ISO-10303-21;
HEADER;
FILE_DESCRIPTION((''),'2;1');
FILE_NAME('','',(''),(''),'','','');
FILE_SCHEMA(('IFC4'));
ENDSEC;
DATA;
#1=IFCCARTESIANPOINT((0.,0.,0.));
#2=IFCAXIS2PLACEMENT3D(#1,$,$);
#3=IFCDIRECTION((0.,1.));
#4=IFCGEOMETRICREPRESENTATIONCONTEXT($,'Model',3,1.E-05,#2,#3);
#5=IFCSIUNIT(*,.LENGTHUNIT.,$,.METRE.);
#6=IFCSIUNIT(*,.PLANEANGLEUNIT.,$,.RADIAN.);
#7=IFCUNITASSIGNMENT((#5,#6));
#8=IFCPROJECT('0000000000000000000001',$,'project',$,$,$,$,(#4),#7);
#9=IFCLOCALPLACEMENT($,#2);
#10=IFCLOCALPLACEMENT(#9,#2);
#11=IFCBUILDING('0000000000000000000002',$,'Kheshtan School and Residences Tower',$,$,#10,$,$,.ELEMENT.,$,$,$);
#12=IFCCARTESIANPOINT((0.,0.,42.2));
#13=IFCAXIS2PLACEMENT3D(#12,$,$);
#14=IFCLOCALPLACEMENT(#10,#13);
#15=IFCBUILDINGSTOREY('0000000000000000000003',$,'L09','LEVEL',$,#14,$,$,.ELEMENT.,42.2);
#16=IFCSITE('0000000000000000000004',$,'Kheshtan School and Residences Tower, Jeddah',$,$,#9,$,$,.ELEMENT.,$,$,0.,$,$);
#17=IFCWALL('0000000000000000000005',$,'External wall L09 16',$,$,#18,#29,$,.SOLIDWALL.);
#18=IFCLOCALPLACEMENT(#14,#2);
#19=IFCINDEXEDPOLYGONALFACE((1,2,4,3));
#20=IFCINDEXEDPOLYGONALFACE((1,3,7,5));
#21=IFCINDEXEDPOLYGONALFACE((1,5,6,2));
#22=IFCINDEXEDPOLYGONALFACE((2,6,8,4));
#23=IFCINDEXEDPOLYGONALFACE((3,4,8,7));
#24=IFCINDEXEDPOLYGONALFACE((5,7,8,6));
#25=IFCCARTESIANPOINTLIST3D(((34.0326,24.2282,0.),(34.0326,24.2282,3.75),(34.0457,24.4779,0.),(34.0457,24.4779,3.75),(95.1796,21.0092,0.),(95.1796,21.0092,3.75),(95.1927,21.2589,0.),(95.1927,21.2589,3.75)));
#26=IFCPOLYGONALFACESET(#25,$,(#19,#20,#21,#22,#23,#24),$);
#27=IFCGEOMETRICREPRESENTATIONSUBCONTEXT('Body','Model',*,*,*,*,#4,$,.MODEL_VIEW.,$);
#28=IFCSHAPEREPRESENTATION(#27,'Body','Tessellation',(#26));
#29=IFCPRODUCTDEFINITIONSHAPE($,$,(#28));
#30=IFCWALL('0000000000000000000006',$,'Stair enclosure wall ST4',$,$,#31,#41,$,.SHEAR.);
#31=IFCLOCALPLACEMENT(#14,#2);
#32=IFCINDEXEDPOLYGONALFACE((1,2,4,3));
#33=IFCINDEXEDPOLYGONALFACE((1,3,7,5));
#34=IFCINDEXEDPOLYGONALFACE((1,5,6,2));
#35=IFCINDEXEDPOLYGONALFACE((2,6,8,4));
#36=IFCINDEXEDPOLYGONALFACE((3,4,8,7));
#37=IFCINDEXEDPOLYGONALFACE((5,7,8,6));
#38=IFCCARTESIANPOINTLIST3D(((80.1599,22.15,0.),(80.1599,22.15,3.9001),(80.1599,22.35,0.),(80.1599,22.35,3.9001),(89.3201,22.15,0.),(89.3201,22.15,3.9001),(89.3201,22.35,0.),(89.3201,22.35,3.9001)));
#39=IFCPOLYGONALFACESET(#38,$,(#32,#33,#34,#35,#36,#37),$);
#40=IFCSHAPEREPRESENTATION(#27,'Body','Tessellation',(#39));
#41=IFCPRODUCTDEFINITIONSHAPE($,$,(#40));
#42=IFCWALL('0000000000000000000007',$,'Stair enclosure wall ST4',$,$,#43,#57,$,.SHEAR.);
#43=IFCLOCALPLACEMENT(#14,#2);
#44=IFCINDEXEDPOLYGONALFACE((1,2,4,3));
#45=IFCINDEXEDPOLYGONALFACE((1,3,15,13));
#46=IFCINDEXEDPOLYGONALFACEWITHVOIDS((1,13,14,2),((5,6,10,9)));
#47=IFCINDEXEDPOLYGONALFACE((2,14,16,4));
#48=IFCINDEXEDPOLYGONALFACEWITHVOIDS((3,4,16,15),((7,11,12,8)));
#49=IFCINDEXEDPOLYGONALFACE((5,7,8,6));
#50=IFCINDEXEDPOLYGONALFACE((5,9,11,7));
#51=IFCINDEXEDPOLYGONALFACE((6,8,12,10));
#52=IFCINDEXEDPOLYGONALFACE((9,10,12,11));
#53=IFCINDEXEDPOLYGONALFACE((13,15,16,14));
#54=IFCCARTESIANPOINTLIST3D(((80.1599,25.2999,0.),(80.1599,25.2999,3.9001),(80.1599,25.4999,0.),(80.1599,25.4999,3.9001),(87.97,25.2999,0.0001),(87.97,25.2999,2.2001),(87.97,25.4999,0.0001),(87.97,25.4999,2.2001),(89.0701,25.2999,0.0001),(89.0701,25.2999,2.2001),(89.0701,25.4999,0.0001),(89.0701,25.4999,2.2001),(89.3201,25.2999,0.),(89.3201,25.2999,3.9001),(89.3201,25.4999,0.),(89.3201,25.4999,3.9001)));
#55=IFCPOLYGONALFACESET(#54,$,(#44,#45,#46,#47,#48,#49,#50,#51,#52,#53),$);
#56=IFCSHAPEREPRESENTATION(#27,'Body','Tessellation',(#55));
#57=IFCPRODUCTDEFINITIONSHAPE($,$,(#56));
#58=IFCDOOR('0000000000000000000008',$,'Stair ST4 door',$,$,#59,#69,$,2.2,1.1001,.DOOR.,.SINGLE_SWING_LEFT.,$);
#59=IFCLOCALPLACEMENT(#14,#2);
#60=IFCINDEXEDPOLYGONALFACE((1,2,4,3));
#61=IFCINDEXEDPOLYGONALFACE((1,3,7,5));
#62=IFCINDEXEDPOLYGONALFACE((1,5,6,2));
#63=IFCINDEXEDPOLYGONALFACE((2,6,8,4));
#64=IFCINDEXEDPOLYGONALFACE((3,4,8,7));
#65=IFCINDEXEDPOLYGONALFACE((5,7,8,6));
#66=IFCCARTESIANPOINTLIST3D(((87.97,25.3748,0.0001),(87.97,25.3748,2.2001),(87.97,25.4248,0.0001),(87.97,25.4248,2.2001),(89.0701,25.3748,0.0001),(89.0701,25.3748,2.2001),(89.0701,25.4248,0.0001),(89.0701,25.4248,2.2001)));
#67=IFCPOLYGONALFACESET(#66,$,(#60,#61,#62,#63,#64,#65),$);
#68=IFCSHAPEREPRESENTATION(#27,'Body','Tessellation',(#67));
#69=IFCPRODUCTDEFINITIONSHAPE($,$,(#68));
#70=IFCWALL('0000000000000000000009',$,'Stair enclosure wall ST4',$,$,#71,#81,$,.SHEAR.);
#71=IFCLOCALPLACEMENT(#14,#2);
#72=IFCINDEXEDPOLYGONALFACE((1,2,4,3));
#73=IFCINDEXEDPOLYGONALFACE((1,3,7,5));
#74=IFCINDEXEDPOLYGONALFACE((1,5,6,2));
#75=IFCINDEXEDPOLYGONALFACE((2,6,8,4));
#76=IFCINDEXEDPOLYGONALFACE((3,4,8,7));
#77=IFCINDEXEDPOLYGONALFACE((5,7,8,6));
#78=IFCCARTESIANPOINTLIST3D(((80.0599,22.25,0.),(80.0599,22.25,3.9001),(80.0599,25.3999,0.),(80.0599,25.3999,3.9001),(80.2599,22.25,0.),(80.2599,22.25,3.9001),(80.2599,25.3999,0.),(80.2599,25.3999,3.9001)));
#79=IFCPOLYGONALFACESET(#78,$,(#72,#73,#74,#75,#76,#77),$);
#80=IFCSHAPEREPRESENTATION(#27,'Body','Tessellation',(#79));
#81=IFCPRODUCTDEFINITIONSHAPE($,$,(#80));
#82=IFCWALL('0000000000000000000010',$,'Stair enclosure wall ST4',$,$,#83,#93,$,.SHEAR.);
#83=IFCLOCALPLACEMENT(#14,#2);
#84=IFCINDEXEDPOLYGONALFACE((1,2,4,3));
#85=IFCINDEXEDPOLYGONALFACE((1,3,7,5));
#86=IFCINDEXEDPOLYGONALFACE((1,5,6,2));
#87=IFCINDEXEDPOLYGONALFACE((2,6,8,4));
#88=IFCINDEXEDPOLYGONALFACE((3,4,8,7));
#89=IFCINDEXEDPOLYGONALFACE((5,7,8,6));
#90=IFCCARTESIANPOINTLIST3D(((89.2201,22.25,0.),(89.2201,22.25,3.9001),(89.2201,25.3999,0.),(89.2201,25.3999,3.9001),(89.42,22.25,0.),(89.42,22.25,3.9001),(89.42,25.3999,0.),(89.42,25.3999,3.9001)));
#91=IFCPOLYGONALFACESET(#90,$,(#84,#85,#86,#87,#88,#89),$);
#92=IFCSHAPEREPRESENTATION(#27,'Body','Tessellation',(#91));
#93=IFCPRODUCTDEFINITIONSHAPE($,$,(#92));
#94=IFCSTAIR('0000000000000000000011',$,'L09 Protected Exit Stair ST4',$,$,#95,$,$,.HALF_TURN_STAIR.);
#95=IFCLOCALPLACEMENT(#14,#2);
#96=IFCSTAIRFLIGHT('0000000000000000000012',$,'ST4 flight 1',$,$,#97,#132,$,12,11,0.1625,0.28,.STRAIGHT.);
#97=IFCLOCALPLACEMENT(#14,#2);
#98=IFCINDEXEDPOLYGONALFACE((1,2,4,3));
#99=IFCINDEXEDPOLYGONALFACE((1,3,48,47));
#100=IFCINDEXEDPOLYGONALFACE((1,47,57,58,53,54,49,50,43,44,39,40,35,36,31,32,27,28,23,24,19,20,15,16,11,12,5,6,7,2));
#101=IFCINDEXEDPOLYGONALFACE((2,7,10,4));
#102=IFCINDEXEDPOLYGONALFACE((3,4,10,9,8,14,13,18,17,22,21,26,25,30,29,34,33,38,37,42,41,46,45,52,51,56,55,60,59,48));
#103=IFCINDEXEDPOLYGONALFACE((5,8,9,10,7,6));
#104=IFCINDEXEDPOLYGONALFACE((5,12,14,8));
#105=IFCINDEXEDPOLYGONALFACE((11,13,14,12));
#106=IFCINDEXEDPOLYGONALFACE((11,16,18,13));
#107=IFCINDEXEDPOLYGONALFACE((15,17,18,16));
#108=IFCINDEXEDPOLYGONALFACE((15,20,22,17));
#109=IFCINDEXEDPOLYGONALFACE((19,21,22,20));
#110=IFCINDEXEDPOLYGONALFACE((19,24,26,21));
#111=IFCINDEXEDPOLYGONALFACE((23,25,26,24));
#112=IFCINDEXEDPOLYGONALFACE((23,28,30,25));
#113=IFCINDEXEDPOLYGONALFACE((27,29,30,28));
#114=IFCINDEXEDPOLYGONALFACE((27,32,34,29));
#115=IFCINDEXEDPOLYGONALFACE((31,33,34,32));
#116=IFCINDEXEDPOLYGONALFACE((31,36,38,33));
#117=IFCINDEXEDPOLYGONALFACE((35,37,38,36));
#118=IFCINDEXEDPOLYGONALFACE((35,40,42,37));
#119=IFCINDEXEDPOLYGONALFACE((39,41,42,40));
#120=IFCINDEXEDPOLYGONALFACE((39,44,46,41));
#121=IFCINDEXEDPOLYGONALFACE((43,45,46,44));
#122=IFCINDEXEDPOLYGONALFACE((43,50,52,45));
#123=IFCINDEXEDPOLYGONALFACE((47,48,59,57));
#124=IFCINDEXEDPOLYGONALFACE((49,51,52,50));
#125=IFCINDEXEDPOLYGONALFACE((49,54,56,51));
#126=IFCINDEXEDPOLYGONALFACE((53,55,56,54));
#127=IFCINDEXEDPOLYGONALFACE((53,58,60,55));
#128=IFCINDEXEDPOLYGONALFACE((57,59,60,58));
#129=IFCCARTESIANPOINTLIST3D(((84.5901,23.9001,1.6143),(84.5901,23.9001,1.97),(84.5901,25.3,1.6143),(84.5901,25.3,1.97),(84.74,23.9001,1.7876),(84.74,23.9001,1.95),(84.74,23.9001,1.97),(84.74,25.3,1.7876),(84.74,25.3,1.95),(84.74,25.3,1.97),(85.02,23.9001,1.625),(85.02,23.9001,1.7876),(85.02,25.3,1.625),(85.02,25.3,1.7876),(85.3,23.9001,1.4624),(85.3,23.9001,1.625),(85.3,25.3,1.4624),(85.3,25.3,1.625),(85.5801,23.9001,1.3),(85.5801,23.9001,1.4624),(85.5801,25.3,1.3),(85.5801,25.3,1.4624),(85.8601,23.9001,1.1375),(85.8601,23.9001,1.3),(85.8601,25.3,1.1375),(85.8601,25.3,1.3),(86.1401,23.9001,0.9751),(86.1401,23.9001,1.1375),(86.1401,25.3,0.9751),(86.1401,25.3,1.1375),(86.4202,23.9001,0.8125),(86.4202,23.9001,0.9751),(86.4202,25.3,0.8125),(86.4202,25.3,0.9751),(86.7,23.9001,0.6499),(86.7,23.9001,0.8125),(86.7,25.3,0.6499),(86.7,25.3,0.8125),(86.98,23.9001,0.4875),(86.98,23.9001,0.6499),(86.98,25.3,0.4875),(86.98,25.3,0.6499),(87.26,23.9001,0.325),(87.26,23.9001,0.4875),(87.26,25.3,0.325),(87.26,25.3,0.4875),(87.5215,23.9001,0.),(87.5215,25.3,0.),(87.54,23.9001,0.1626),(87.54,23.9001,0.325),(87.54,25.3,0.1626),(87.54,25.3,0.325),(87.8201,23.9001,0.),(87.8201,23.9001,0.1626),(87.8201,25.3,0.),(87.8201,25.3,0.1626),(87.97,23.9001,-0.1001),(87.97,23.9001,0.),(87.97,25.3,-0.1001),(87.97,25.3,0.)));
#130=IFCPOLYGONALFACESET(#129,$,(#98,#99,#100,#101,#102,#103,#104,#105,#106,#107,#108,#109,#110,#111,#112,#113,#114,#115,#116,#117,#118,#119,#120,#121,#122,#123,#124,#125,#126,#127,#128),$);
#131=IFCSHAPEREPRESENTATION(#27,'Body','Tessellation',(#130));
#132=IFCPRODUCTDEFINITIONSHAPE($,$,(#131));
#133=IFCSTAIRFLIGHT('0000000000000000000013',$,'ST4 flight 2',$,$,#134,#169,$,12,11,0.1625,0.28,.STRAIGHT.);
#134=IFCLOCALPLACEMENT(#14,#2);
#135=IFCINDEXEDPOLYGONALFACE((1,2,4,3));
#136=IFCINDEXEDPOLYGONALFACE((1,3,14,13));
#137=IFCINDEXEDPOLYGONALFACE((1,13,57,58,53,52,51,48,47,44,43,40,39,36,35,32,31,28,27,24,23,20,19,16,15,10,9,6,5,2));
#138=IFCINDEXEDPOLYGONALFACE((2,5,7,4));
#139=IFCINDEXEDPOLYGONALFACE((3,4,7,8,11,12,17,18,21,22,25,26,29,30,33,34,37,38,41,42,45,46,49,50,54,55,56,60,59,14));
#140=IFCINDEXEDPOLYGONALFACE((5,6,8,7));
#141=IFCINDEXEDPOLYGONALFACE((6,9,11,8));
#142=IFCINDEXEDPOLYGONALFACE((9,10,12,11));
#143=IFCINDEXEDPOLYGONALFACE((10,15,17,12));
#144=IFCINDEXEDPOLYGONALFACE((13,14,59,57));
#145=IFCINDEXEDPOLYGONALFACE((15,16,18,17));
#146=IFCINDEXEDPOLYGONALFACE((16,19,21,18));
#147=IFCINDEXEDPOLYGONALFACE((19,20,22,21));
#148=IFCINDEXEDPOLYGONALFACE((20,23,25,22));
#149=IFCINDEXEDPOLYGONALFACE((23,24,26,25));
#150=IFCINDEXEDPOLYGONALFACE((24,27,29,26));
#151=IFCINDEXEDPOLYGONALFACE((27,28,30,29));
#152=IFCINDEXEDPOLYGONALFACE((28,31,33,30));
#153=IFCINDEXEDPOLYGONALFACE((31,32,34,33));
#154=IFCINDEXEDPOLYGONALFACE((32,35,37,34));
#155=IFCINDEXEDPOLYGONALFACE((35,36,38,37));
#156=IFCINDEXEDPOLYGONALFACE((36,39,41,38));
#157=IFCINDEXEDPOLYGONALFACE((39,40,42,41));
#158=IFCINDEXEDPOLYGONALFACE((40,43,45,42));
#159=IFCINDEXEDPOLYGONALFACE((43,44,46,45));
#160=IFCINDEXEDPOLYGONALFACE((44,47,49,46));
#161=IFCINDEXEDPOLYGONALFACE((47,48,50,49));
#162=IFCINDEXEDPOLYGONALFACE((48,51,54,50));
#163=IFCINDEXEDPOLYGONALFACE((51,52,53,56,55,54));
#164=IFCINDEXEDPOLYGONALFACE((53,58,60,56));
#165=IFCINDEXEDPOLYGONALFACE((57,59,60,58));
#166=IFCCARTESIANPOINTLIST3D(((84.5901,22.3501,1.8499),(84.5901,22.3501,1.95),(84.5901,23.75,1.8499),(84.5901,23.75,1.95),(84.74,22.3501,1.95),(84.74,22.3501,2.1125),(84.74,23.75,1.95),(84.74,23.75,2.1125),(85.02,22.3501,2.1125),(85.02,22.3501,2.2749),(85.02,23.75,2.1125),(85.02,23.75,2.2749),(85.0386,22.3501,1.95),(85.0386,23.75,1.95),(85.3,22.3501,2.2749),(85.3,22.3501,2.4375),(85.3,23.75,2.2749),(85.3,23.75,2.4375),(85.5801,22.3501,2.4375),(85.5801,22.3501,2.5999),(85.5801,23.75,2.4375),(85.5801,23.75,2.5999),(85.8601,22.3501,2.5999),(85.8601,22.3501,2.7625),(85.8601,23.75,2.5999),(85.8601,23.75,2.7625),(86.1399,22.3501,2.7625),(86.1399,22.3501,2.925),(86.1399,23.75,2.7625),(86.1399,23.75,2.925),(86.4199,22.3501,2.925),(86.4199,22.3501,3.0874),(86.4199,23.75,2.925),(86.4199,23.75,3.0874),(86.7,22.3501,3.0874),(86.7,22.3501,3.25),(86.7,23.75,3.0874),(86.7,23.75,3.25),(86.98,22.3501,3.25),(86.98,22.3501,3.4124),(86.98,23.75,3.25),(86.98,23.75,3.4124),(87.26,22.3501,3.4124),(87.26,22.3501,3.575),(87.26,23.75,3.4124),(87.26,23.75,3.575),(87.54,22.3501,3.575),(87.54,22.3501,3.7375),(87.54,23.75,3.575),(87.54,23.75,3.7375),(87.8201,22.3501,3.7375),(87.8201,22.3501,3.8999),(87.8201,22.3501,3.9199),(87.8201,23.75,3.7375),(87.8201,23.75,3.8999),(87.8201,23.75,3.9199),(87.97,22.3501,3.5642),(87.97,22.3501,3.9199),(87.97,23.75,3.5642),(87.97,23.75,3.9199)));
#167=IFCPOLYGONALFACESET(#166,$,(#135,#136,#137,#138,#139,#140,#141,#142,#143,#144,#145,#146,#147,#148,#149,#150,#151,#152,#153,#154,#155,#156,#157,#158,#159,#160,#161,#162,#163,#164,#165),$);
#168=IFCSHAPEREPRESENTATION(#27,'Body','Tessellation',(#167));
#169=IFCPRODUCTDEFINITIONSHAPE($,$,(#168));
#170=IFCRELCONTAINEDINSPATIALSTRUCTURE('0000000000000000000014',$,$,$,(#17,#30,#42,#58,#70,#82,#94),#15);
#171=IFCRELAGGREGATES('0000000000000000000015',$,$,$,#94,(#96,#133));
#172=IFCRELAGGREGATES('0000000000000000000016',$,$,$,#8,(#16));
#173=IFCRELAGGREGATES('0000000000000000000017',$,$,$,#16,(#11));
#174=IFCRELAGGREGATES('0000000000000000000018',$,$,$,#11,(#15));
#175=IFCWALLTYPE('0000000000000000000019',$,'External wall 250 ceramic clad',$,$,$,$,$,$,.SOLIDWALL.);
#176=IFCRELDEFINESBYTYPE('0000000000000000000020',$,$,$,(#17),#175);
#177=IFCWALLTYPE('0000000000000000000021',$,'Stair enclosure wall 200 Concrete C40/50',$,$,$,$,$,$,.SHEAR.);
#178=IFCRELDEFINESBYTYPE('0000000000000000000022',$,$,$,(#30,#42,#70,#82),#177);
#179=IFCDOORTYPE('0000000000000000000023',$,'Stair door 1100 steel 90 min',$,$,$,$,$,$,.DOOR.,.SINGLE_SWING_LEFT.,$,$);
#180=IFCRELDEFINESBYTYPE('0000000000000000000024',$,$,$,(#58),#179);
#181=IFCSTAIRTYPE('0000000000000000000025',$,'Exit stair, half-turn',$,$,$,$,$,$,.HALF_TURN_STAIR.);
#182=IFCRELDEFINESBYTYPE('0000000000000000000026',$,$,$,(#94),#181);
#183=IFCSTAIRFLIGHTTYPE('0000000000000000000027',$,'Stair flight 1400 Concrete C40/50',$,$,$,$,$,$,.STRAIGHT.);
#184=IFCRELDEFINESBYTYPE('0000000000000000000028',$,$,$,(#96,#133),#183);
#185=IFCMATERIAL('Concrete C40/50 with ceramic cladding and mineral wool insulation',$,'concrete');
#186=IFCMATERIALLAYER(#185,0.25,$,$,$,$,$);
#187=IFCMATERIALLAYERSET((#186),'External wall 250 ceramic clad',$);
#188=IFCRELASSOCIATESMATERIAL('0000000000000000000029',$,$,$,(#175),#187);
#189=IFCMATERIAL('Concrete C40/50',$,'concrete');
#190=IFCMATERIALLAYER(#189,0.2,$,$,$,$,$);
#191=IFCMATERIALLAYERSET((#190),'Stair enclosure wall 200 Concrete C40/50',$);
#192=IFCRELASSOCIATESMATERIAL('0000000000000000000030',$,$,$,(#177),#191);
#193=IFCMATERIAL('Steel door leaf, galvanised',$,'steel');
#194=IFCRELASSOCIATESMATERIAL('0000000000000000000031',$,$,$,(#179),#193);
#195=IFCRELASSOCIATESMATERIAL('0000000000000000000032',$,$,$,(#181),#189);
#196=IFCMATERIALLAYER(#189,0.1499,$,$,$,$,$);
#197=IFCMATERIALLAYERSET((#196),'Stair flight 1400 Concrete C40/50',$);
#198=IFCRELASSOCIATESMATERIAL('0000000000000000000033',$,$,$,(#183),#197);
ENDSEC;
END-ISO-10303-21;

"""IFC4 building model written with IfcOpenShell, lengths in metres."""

from ifc_helpers import new_model, si_unit, direction, frame, frame_2d, origin, place, context, subcontext, project, spatial, polyline, rectangle, outline, extrude, source, transform, mapped, material, layer, layer_set, type_object, element, fill, aggregate, save


model = new_model("IFC4")

# Units and contexts
model_context = context("Model", 3, precision=1e-05, world=origin(), true_north=direction((0.0, 1.0)))
body_context = subcontext(model_context, "Body", "Model", "MODEL_VIEW")
ifc_project = project(units=[si_unit("LENGTHUNIT", "METRE"), si_unit("PLANEANGLEUNIT", "RADIAN")], contexts=[model_context])

# Site, building, storey
site_placement = place(None, origin())
site = spatial("IfcSite", under=ifc_project, at=site_placement, Name="Kheshtan School and Residences Tower, Jeddah", CompositionType="ELEMENT", RefElevation=0.0)
building_placement = place(site_placement, origin())
building = spatial("IfcBuilding", under=site, at=building_placement, Name="Kheshtan School and Residences Tower", CompositionType="ELEMENT")
storey_placement = place(building_placement, frame((0.0, 0.0, 42.2)))
storey = spatial("IfcBuildingStorey", under=building, at=storey_placement, Name="L09", Description="LEVEL", CompositionType="ELEMENT", Elevation=42.2)

# Walls
ifc_material_1 = material(Name="Concrete C40/50 with ceramic cladding and mineral wool insulation", Category="concrete")
ifc_layer_1 = layer(ifc_material_1, 0.25)
ifc_layer_set_1 = layer_set([ifc_layer_1], Name="External wall 250 ceramic clad")
wall_type_1 = type_object("IfcWallType", Name="External wall 250 ceramic clad", PredefinedType="SOLIDWALL", material=ifc_layer_set_1)
wall_1_placement = place(storey_placement, frame((95.186, 21.134, 0.0), z_axis=(0.0, 0.0, 1.0), x_axis=(-0.998617, 0.052571, 0.0)))
element("IfcWall", 1, at=wall_1_placement, inside=storey, type_object=wall_type_1, Name="External wall L09 16", PredefinedType="SOLIDWALL", context=body_context, shape_type="SweptSolid", body=[
    extrude(rectangle(XDim=61.2317, YDim=0.25, at=frame_2d((30.6157, 0.0))), origin(), (0.0, 0.0, 1.0), 3.75),
])
ifc_material_2 = material(Name="Concrete C40/50", Category="concrete")
ifc_layer_2 = layer(ifc_material_2, 0.2)
ifc_layer_set_2 = layer_set([ifc_layer_2], Name="Stair enclosure wall 200 Concrete C40/50")
wall_type_2 = type_object("IfcWallType", Name="Stair enclosure wall 200 Concrete C40/50", PredefinedType="SHEAR", material=ifc_layer_set_2)
wall_2_placement = place(storey_placement, frame((80.1599, 22.25, 0.0), z_axis=(0.0, 0.0, 1.0), x_axis=(1.0, 0.0, 0.0)))
element("IfcWall", 2, at=wall_2_placement, inside=storey, type_object=wall_type_2, Name="Stair enclosure wall ST4", PredefinedType="SHEAR", context=body_context, shape_type="SweptSolid", body=[
    extrude(rectangle(XDim=9.1602, YDim=0.2, at=frame_2d((4.5801, 0.0))), origin(), (0.0, 0.0, 1.0), 3.9001),
])

# Wall, opening, door
wall_3_placement = place(storey_placement, frame((80.1599, 25.3999, 0.0), z_axis=(0.0, 0.0, 1.0), x_axis=(1.0, 0.0, 0.0)))
wall_3 = element("IfcWall", 3, at=wall_3_placement, inside=storey, type_object=wall_type_2, Name="Stair enclosure wall ST4", PredefinedType="SHEAR", context=body_context, shape_type="SweptSolid", body=[
    extrude(rectangle(XDim=9.1602, YDim=0.2, at=frame_2d((4.5801, 0.0))), origin(), (0.0, 0.0, 1.0), 3.9001),
])
opening_placement = place(wall_3_placement, frame((7.8101, 0.0, 0.0)))
opening = element("IfcOpeningElement", 4, at=opening_placement, cuts=wall_3, PredefinedType="OPENING", context=body_context, shape_type="SweptSolid", body=[
    extrude(rectangle(XDim=1.1001, YDim=2.2, at=frame_2d((0.55, 1.1001))), frame((0.0, 0.1099, 0.0), z_axis=(0.0, -1.0, 0.0), x_axis=(1.0, 0.0, 0.0)), (0.0, 0.0, 1.0), 0.22),
])
ifc_material_3 = material(Name="Steel door leaf, galvanised", Category="steel")
door_type = type_object("IfcDoorType", Name="Stair door 1100 steel 90 min", OperationType="SINGLE_SWING_LEFT", PredefinedType="DOOR", material=ifc_material_3)
shared_shape = source(origin(), body_context, "Body", "SweptSolid", [
    extrude(rectangle(XDim=1.1001, YDim=2.2, at=frame_2d((0.55, 1.1001))), frame((0.0, 0.0249, 0.0), z_axis=(0.0, -1.0, 0.0), x_axis=(1.0, 0.0, 0.0)), (0.0, 0.0, 1.0), 0.05),
])
door_placement = place(opening_placement, origin())
door = element("IfcDoor", 5, at=door_placement, inside=storey, type_object=door_type, Name="Stair ST4 door", OperationType="SINGLE_SWING_LEFT", OverallHeight=2.2, OverallWidth=1.1001, PredefinedType="DOOR", context=body_context, shape_type="MappedRepresentation", body=[
    mapped(shared_shape, transform((0.0, 0.0, 0.0), x_axis=(1.0, 0.0, 0.0), y_axis=(0.0, 1.0, 0.0), z_axis=(0.0, 0.0, 1.0), scale=1.0)),
])
fill(opening, door)

# Walls
for number, where, z_axis, x_axis, name in (
    (6, (80.1599, 22.25, 0.0), (0.0, 0.0, 1.0), (0.0, 1.0, 0.0), "Stair enclosure wall ST4"),
    (7, (89.3201, 22.25, 0.0), (0.0, 0.0, 1.0), (0.0, 1.0, 0.0), "Stair enclosure wall ST4"),
):
    element("IfcWall", number, at=place(storey_placement, frame(where, z_axis=z_axis, x_axis=x_axis)), inside=storey, type_object=wall_type_2, Name=name, PredefinedType="SHEAR", context=body_context, shape_type="SweptSolid", body=[
        extrude(rectangle(XDim=3.1499, YDim=0.2, at=frame_2d((1.575, 0.0))), origin(), (0.0, 0.0, 1.0), 3.9001),
    ])

# Stair, stair flights
stair_type = type_object("IfcStairType", Name="Exit stair, half-turn", PredefinedType="HALF_TURN_STAIR", material=ifc_material_2)
stair_placement = place(storey_placement, origin())
stair = element("IfcStair", 8, at=stair_placement, inside=storey, type_object=stair_type, Name="L09 Protected Exit Stair ST4", PredefinedType="HALF_TURN_STAIR")
ifc_layer_3 = layer(ifc_material_2, 0.1499)
ifc_layer_set_3 = layer_set([ifc_layer_3], Name="Stair flight 1400 Concrete C40/50")
stair_flight_type = type_object("IfcStairFlightType", Name="Stair flight 1400 Concrete C40/50", PredefinedType="STRAIGHT", material=ifc_layer_set_3)
stair_flight_1_placement = place(storey_placement, frame((87.8201, 24.6001, 0.0), z_axis=(0.0, 0.0, 1.0), x_axis=(-1.0, 0.0, 0.0)))
stair_flight_1 = element("IfcStairFlight", 9, at=stair_flight_1_placement, type_object=stair_flight_type, Name="ST4 flight 1", NumberOfRisers=12, NumberOfTreads=11, PredefinedType="STRAIGHT", RiserHeight=0.1625, TreadLength=0.28, context=body_context, shape_type="SweptSolid", body=[
    extrude(outline(polyline([(-0.1499, -0.1001), (-0.1499, 0.0), (0.0, 0.0), (0.0, 0.1626), (0.28, 0.1626), (0.28, 0.325), (0.5601, 0.325), (0.5601, 0.4875), (0.8401, 0.4875), (0.8401, 0.6499), (1.1201, 0.6499), (1.1201, 0.8125), (1.3999, 0.8125), (1.3999, 0.9751), (1.6799, 0.9751), (1.6799, 1.1375), (1.96, 1.1375), (1.96, 1.3), (2.24, 1.3), (2.24, 1.4624), (2.52, 1.4624), (2.52, 1.625), (2.8, 1.625), (2.8, 1.7876), (3.0801, 1.7876), (3.0801, 1.95), (3.0801, 1.97), (3.23, 1.97), (3.23, 1.6143), (0.2986, 0.0), (-0.1499, -0.1001)])), frame((0.0, 0.7, 0.0), z_axis=(0.0, -1.0, 0.0), x_axis=(1.0, 0.0, 0.0)), (0.0, 0.0, 1.0), 1.3999),
])
stair_flight_2_placement = place(storey_placement, frame((84.74, 23.05, 1.95), z_axis=(0.0, 0.0, 1.0), x_axis=(1.0, 0.0, 0.0)))
stair_flight_2 = element("IfcStairFlight", 10, at=stair_flight_2_placement, type_object=stair_flight_type, Name="ST4 flight 2", NumberOfRisers=12, NumberOfTreads=11, PredefinedType="STRAIGHT", RiserHeight=0.1625, TreadLength=0.28, context=body_context, shape_type="SweptSolid", body=[
    extrude(outline(polyline([(-0.1499, -0.1001), (-0.1499, 0.0), (0.0, 0.0), (0.0, 0.1626), (0.28, 0.1626), (0.28, 0.325), (0.5601, 0.325), (0.5601, 0.4875), (0.8401, 0.4875), (0.8401, 0.6499), (1.1201, 0.6499), (1.1201, 0.8125), (1.3999, 0.8125), (1.3999, 0.9751), (1.6799, 0.9751), (1.6799, 1.1375), (1.96, 1.1375), (1.96, 1.3), (2.24, 1.3), (2.24, 1.4624), (2.52, 1.4624), (2.52, 1.625), (2.8, 1.625), (2.8, 1.7876), (3.0801, 1.7876), (3.0801, 1.95), (3.0801, 1.97), (3.23, 1.97), (3.23, 1.6143), (0.2986, 0.0), (-0.1499, -0.1001)])), frame((0.0, 0.7, 0.0), z_axis=(0.0, -1.0, 0.0), x_axis=(1.0, 0.0, 0.0)), (0.0, 0.0, 1.0), 1.3999),
])
aggregate(stair, [stair_flight_1, stair_flight_2])

save(model, "model.ifc")
